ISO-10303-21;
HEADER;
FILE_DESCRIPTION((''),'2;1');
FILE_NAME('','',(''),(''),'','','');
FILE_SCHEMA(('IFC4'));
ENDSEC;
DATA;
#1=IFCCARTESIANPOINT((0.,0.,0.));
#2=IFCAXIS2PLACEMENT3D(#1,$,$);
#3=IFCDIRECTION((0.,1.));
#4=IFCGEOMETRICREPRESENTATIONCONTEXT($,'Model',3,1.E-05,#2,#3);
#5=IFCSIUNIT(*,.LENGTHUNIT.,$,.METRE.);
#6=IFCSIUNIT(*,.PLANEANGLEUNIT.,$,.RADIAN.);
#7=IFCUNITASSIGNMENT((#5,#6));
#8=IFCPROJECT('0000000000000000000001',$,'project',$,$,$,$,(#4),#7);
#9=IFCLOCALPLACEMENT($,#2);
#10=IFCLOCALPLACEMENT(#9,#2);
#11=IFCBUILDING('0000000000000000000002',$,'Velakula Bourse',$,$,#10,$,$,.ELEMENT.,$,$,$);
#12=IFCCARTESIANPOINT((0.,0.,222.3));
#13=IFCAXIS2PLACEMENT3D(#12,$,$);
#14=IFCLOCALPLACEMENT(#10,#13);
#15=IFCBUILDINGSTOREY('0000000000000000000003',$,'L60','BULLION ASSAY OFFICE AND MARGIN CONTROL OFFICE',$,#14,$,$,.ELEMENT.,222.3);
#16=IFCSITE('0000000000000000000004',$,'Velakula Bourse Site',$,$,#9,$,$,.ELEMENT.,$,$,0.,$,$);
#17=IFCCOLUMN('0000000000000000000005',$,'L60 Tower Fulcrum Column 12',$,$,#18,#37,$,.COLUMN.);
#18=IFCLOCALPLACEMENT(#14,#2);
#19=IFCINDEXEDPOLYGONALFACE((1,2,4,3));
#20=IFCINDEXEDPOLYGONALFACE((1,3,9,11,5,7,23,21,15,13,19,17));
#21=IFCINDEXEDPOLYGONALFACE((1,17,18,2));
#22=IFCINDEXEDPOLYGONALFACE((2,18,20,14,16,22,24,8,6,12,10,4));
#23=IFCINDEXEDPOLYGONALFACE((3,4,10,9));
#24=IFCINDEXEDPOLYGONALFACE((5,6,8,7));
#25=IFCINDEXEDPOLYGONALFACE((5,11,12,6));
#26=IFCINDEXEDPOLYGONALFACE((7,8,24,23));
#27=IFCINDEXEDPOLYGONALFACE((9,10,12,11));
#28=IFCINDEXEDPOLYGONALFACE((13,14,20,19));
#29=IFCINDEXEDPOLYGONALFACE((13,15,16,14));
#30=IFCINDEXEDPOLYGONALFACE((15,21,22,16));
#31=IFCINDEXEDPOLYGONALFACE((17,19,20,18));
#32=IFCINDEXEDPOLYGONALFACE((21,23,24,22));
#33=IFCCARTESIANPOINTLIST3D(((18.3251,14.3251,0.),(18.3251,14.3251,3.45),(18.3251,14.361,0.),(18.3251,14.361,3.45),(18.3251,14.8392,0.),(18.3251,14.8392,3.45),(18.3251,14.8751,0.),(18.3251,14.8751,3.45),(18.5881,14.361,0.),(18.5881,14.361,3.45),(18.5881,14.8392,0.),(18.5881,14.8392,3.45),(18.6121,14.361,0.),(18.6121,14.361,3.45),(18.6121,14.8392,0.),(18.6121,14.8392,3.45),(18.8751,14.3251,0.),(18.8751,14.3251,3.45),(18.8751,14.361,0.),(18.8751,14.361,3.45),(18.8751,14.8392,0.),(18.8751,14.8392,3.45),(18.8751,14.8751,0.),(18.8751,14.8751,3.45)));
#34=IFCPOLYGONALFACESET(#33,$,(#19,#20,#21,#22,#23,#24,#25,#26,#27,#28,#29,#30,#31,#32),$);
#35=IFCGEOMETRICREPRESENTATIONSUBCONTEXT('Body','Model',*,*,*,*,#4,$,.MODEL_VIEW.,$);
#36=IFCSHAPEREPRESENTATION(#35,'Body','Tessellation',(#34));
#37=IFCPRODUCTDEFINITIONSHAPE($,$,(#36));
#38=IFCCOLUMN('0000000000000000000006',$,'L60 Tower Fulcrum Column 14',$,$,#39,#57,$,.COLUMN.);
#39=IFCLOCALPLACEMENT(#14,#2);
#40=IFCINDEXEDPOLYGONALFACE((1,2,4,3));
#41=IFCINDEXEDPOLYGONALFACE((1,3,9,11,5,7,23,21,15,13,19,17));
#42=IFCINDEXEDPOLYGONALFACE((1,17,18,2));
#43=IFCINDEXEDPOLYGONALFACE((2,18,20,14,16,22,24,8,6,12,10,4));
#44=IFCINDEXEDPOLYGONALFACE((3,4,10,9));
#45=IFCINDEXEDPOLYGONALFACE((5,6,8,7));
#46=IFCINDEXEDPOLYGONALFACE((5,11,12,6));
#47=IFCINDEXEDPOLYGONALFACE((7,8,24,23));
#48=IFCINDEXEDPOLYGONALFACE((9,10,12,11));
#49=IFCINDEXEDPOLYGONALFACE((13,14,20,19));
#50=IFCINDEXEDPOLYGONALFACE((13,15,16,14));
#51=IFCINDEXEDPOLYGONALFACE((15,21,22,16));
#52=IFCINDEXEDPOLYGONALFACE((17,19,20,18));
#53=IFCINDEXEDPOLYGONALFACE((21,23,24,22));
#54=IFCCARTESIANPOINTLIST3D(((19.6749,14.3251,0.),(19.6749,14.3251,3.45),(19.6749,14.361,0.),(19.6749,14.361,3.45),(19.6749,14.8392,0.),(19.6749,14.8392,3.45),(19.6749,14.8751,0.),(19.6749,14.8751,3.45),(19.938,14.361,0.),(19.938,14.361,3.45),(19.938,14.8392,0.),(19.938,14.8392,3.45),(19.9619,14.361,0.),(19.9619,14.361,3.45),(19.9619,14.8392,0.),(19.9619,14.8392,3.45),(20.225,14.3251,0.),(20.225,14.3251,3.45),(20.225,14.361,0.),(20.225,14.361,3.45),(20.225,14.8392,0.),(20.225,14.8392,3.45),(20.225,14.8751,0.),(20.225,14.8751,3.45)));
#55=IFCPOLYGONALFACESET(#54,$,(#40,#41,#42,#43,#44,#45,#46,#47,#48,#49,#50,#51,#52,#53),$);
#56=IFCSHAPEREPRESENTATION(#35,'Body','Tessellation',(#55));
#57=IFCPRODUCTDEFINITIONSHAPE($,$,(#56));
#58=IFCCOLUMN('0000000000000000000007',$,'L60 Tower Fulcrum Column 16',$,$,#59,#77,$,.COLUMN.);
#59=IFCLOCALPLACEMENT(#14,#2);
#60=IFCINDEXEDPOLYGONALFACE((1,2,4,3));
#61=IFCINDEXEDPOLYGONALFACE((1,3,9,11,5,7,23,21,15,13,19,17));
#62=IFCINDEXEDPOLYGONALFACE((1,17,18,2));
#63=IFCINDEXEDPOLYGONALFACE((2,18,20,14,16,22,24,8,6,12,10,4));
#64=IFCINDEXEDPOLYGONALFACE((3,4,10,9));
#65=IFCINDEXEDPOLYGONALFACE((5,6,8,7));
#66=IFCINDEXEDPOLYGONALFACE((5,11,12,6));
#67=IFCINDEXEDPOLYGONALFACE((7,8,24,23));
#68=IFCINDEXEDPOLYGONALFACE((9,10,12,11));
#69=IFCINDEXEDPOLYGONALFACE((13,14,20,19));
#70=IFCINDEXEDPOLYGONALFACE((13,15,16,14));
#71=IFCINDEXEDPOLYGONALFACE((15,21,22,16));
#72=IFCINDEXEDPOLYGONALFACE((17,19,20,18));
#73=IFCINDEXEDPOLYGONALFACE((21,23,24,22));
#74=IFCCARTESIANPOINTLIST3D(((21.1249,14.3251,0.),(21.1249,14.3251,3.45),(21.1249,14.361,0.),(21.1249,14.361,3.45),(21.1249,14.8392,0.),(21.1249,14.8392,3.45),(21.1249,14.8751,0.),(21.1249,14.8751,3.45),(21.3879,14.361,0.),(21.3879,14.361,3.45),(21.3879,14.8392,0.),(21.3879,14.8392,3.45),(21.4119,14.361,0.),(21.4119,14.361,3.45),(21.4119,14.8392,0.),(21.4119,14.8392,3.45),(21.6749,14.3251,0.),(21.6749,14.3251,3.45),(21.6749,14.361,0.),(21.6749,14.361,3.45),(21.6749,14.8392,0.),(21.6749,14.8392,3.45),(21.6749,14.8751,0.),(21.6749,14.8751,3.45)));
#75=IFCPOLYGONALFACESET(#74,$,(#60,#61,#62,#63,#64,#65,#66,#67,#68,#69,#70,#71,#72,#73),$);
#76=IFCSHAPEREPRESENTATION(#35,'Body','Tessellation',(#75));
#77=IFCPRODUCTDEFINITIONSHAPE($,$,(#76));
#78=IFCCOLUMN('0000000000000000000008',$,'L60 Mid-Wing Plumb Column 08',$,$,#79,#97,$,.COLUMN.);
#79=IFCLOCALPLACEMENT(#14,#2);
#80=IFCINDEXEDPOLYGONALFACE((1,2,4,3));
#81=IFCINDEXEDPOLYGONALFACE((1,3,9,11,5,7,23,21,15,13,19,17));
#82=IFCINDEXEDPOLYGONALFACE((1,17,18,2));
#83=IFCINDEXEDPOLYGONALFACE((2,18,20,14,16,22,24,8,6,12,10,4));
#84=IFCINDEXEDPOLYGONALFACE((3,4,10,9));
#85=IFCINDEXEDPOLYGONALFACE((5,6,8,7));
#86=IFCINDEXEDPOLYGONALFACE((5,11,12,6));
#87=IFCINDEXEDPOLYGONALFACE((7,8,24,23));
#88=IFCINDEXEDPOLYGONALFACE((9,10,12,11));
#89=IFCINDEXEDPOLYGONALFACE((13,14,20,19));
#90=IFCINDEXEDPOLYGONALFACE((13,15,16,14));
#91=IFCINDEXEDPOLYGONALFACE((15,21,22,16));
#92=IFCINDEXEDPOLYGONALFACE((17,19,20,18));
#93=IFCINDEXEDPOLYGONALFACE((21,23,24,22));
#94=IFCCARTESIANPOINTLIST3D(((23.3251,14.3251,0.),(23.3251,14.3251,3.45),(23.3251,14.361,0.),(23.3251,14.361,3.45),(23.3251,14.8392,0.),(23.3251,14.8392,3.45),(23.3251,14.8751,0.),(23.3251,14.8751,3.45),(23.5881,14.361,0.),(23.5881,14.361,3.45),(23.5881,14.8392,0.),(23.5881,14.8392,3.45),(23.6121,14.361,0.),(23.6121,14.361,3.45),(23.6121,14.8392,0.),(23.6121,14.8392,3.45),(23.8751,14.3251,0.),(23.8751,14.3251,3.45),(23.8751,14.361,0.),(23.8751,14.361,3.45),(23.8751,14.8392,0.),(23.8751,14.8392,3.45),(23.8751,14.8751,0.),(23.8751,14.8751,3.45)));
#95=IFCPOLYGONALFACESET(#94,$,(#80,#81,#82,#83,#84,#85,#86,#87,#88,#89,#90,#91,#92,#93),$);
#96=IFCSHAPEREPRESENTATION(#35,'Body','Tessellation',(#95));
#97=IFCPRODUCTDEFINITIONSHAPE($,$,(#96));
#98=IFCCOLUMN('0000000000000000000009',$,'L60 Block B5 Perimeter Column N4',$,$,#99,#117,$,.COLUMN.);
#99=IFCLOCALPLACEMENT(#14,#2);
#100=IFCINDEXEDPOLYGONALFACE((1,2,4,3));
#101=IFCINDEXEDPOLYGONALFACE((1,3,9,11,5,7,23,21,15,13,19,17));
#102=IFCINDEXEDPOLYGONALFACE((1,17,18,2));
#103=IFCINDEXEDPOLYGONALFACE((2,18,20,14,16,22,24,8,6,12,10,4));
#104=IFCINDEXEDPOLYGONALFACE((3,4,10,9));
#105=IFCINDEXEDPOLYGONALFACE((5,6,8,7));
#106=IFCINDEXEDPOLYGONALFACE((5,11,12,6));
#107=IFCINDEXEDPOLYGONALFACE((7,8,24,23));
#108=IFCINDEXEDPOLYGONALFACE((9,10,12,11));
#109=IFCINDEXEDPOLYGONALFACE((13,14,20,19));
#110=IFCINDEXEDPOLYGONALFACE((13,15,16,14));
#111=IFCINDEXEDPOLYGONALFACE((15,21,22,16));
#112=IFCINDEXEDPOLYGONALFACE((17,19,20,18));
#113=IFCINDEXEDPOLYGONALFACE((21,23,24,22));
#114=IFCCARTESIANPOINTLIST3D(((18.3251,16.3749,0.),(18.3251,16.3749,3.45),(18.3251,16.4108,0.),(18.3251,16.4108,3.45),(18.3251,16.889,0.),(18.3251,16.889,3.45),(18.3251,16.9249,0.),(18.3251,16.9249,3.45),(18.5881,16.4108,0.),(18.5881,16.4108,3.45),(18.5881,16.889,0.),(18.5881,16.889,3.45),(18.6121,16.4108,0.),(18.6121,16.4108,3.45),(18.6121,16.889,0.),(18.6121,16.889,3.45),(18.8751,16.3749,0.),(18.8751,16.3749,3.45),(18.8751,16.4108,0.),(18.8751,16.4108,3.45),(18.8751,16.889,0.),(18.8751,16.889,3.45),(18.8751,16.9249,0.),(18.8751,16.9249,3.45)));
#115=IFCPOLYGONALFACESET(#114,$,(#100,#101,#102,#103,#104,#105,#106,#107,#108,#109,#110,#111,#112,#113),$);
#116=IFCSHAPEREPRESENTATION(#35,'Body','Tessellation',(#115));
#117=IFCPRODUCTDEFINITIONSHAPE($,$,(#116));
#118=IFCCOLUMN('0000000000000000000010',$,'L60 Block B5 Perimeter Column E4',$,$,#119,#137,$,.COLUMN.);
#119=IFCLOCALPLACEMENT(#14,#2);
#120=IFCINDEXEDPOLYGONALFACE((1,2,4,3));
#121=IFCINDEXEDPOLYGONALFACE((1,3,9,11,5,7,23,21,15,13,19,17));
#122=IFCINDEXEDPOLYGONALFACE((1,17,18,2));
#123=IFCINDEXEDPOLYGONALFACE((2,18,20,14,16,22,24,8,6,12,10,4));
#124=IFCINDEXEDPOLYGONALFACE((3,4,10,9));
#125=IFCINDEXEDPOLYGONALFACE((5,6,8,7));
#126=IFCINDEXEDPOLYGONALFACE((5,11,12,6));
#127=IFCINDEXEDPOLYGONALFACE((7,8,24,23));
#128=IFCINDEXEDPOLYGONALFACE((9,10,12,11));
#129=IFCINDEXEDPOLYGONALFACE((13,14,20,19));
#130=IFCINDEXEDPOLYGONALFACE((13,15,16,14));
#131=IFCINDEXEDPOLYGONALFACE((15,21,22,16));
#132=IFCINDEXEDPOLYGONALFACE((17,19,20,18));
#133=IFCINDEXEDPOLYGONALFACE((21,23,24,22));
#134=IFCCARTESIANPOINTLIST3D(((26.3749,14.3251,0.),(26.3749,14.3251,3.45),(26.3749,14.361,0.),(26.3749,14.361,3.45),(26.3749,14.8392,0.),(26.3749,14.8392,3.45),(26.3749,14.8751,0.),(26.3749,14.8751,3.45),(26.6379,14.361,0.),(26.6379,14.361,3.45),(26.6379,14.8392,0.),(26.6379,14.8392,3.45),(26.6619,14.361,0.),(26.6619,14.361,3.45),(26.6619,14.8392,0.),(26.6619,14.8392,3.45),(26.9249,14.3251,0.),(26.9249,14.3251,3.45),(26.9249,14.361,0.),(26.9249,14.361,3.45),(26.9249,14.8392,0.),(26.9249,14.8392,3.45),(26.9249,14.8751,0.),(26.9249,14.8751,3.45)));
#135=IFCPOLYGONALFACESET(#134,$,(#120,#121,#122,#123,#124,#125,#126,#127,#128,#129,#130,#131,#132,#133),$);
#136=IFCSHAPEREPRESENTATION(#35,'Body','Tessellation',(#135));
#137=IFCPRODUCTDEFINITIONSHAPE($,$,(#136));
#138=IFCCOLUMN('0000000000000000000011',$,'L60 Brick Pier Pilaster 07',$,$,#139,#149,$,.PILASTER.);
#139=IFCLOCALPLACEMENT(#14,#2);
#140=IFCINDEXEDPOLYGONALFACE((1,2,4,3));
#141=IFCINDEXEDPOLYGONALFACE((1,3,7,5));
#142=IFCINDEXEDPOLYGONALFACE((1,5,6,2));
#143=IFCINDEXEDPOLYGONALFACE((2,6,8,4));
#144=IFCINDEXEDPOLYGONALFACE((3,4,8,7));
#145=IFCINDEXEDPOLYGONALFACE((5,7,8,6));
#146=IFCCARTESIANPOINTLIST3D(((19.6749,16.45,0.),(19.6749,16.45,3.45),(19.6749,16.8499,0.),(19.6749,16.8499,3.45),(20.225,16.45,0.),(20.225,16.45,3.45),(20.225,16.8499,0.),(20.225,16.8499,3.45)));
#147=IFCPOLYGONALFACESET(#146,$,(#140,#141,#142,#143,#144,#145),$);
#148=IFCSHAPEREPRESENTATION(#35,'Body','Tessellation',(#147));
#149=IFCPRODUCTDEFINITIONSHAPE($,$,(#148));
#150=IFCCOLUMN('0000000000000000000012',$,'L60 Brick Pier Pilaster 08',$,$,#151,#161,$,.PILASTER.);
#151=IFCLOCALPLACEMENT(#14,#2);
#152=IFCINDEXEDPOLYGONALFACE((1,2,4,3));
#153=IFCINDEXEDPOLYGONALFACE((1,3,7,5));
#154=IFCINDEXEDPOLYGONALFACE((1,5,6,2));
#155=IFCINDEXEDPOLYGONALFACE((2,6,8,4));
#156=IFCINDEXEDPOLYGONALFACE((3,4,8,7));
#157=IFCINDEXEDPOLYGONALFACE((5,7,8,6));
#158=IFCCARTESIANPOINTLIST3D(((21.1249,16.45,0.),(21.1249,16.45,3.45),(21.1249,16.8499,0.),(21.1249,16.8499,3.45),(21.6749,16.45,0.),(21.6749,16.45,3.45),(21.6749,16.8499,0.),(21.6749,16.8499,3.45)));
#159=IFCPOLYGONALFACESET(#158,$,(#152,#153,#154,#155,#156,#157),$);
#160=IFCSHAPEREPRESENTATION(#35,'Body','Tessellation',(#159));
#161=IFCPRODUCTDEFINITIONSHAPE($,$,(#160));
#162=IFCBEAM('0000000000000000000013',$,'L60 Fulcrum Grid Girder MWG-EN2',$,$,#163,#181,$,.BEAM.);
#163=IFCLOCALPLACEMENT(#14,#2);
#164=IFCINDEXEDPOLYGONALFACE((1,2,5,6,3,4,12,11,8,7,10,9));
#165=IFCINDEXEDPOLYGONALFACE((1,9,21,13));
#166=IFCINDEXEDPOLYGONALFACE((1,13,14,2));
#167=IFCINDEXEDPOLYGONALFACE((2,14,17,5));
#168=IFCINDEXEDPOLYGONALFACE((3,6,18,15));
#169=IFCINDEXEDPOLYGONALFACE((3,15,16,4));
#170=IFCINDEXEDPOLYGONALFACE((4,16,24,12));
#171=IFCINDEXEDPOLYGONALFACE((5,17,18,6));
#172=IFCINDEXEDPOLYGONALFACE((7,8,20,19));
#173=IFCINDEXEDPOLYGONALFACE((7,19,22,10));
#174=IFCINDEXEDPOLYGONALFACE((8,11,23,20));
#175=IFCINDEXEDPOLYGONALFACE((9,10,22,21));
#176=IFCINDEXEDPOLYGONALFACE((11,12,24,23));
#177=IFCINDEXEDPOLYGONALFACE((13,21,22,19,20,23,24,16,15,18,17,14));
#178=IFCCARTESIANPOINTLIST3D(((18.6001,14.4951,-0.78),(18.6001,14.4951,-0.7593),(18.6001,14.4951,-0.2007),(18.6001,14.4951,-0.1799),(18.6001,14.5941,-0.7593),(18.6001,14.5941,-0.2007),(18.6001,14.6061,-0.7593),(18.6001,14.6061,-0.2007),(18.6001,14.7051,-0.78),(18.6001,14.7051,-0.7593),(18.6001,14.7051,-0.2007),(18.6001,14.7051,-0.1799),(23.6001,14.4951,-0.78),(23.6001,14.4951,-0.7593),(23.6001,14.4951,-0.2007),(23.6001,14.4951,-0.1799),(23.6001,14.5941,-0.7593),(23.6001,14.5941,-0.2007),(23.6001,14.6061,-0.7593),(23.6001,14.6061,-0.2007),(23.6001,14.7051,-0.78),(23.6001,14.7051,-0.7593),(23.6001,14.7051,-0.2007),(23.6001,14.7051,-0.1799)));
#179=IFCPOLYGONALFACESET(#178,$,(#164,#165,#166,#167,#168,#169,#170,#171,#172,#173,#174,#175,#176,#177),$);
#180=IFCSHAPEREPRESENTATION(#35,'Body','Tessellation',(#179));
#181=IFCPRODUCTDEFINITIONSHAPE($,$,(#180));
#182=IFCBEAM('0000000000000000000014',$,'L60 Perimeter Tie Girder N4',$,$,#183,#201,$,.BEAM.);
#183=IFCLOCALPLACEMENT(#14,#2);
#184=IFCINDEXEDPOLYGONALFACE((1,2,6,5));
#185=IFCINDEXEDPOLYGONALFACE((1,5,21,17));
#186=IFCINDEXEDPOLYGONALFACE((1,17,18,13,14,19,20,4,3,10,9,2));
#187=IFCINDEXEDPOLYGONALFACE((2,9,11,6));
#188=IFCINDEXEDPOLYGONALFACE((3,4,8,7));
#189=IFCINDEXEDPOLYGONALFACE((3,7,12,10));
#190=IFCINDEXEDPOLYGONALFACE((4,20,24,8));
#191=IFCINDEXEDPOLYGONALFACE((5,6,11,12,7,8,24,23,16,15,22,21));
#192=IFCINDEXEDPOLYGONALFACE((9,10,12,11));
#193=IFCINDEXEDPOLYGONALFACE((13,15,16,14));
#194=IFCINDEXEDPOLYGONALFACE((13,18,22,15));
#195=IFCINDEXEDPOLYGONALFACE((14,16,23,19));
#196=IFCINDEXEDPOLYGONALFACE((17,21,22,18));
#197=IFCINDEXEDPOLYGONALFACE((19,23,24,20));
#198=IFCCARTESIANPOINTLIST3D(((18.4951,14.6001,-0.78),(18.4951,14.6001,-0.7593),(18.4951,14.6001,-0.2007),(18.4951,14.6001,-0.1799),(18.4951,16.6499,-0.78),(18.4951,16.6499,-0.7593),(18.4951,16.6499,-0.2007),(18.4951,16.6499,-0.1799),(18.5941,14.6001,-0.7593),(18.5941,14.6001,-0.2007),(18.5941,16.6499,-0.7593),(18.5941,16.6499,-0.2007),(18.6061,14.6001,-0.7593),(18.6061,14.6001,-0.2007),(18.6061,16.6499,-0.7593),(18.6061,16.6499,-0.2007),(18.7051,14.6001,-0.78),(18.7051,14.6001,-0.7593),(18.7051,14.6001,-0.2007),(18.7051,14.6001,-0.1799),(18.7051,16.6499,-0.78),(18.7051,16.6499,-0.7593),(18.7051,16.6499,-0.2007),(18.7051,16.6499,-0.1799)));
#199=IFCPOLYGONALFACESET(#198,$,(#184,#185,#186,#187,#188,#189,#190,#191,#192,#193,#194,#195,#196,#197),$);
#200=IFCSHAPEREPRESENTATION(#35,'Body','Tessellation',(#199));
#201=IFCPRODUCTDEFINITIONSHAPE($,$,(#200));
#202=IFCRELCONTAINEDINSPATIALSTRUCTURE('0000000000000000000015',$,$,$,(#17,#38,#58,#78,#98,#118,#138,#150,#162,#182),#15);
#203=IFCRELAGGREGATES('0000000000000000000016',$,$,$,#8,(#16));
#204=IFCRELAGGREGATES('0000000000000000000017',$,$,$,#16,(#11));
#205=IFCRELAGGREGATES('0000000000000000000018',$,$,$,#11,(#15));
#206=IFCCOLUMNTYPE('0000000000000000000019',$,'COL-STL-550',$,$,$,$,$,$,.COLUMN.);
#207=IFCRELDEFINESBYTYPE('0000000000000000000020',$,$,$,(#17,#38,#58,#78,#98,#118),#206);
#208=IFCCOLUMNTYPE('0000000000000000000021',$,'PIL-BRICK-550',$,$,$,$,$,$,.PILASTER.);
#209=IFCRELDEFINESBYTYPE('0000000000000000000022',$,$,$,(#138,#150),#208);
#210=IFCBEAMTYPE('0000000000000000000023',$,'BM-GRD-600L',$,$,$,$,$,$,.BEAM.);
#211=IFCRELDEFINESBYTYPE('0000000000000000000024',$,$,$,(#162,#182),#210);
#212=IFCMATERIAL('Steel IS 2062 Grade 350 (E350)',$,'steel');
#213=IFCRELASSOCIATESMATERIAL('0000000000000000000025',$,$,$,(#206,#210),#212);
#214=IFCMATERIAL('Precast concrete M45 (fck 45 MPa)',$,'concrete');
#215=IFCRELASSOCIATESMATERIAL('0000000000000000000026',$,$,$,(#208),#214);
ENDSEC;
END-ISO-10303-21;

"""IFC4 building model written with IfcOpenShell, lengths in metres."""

from ifc_helpers import new_model, si_unit, direction, frame, origin, origin_2d, place, context, subcontext, project, spatial, rectangle, i_section, extrude, material, material_profile, profile_set, type_object, element, save


model = new_model("IFC4")

# Units and contexts
model_context = context("Model", 3, precision=1e-05, world=origin(), true_north=direction((0.0, 1.0)))
body_context = subcontext(model_context, "Body", "Model", "MODEL_VIEW")
ifc_project = project(units=[si_unit("LENGTHUNIT", "METRE"), si_unit("PLANEANGLEUNIT", "RADIAN")], contexts=[model_context])

# Site, building, storey
site_placement = place(None, origin())
site = spatial("IfcSite", under=ifc_project, at=site_placement, Name="Velakula Bourse Site", CompositionType="ELEMENT", RefElevation=0.0)
building_placement = place(site_placement, origin())
building = spatial("IfcBuilding", under=site, at=building_placement, Name="Velakula Bourse", CompositionType="ELEMENT")
storey_placement = place(building_placement, frame((0.0, 0.0, 222.3)))
storey = spatial("IfcBuildingStorey", under=building, at=storey_placement, Name="L60", Description="BULLION ASSAY OFFICE AND MARGIN CONTROL OFFICE", CompositionType="ELEMENT", Elevation=222.3)

# Columns
ifc_material_1 = material(Name="Steel IS 2062 Grade 350 (E350)", Category="steel")
ifc_material_profile_1 = material_profile(ifc_material_1, i_section(OverallWidth=0.55, OverallDepth=0.55, WebThickness=0.0239, FlangeThickness=0.0359, at=origin_2d()), Name="Steel IS 2062 Grade 350 (E350)")
ifc_profile_set_1 = profile_set([ifc_material_profile_1], Name="Steel IS 2062 Grade 350 (E350)")
column_type_1 = type_object("IfcColumnType", Name="COL-STL-550", PredefinedType="COLUMN", material=ifc_profile_set_1)
for number, where, z_axis, x_axis, name in (
    (1, (18.6001, 14.6001, 0.0), (0.0, 0.0, 1.0), (1.0, 0.0, 0.0), "L60 Tower Fulcrum Column 12"),
    (2, (19.95, 14.6001, 0.0), (0.0, 0.0, 1.0), (1.0, 0.0, 0.0), "L60 Tower Fulcrum Column 14"),
    (3, (21.3999, 14.6001, 0.0), (0.0, 0.0, 1.0), (1.0, 0.0, 0.0), "L60 Tower Fulcrum Column 16"),
    (4, (23.6001, 14.6001, 0.0), (0.0, 0.0, 1.0), (1.0, 0.0, 0.0), "L60 Mid-Wing Plumb Column 08"),
    (5, (18.6001, 16.6499, 0.0), (0.0, 0.0, 1.0), (1.0, 0.0, 0.0), "L60 Block B5 Perimeter Column N4"),
    (6, (26.6499, 14.6001, 0.0), (0.0, 0.0, 1.0), (1.0, 0.0, 0.0), "L60 Block B5 Perimeter Column E4"),
):
    element("IfcColumn", number, at=place(storey_placement, frame(where, z_axis=z_axis, x_axis=x_axis)), inside=storey, type_object=column_type_1, Name=name, PredefinedType="COLUMN", context=body_context, shape_type="SweptSolid", body=[
        extrude(i_section(OverallWidth=0.55, OverallDepth=0.55, WebThickness=0.0239, FlangeThickness=0.0359, at=origin_2d()), origin(), (0.0, 0.0, 1.0), 3.45),
    ])
ifc_material_2 = material(Name="Precast concrete M45 (fck 45 MPa)", Category="concrete")
ifc_material_profile_2 = material_profile(ifc_material_2, rectangle(XDim=0.55, YDim=0.3999, at=origin_2d()), Name="Precast concrete M45 (fck 45 MPa)")
ifc_profile_set_2 = profile_set([ifc_material_profile_2], Name="Precast concrete M45 (fck 45 MPa)")
column_type_2 = type_object("IfcColumnType", Name="PIL-BRICK-550", PredefinedType="PILASTER", material=ifc_profile_set_2)
for number, where, z_axis, x_axis, name in (
    (7, (19.95, 16.6499, 0.0), (0.0, 0.0, 1.0), (1.0, 0.0, 0.0), "L60 Brick Pier Pilaster 07"),
    (8, (21.3999, 16.6499, 0.0), (0.0, 0.0, 1.0), (1.0, 0.0, 0.0), "L60 Brick Pier Pilaster 08"),
):
    element("IfcColumn", number, at=place(storey_placement, frame(where, z_axis=z_axis, x_axis=x_axis)), inside=storey, type_object=column_type_2, Name=name, PredefinedType="PILASTER", context=body_context, shape_type="SweptSolid", body=[
        extrude(rectangle(XDim=0.55, YDim=0.3999, at=origin_2d()), origin(), (0.0, 0.0, 1.0), 3.45),
    ])

# Beams
ifc_material_profile_3 = material_profile(ifc_material_1, i_section(OverallWidth=0.21, OverallDepth=0.6001, WebThickness=0.012, FlangeThickness=0.0208, at=origin_2d()), Name="Steel IS 2062 Grade 350 (E350)")
ifc_profile_set_3 = profile_set([ifc_material_profile_3], Name="Steel IS 2062 Grade 350 (E350)")
beam_type_1 = type_object("IfcBeamType", Name="BM-GRD-600L", PredefinedType="BEAM", material=ifc_profile_set_3)
beam_1_placement = place(storey_placement, frame((18.6001, 14.6001, -0.48), z_axis=(1.0, 0.0, 0.0), x_axis=(0.0, 1.0, 0.0)))
element("IfcBeam", 9, at=beam_1_placement, inside=storey, type_object=beam_type_1, Name="L60 Fulcrum Grid Girder MWG-EN2", PredefinedType="BEAM", context=body_context, shape_type="SweptSolid", body=[
    extrude(i_section(OverallWidth=0.21, OverallDepth=0.6001, WebThickness=0.012, FlangeThickness=0.0208, at=origin_2d()), origin(), (0.0, 0.0, 1.0), 5.0),
])
beam_2_placement = place(storey_placement, frame((18.6001, 14.6001, -0.48), z_axis=(0.0, 1.0, 0.0), x_axis=(-1.0, 0.0, 0.0)))
element("IfcBeam", 10, at=beam_2_placement, inside=storey, type_object=beam_type_1, Name="L60 Perimeter Tie Girder N4", PredefinedType="BEAM", context=body_context, shape_type="SweptSolid", body=[
    extrude(i_section(OverallWidth=0.21, OverallDepth=0.6001, WebThickness=0.012, FlangeThickness=0.0208, at=origin_2d()), origin(), (0.0, 0.0, 1.0), 2.0498),
])

save(model, "model.ifc")
